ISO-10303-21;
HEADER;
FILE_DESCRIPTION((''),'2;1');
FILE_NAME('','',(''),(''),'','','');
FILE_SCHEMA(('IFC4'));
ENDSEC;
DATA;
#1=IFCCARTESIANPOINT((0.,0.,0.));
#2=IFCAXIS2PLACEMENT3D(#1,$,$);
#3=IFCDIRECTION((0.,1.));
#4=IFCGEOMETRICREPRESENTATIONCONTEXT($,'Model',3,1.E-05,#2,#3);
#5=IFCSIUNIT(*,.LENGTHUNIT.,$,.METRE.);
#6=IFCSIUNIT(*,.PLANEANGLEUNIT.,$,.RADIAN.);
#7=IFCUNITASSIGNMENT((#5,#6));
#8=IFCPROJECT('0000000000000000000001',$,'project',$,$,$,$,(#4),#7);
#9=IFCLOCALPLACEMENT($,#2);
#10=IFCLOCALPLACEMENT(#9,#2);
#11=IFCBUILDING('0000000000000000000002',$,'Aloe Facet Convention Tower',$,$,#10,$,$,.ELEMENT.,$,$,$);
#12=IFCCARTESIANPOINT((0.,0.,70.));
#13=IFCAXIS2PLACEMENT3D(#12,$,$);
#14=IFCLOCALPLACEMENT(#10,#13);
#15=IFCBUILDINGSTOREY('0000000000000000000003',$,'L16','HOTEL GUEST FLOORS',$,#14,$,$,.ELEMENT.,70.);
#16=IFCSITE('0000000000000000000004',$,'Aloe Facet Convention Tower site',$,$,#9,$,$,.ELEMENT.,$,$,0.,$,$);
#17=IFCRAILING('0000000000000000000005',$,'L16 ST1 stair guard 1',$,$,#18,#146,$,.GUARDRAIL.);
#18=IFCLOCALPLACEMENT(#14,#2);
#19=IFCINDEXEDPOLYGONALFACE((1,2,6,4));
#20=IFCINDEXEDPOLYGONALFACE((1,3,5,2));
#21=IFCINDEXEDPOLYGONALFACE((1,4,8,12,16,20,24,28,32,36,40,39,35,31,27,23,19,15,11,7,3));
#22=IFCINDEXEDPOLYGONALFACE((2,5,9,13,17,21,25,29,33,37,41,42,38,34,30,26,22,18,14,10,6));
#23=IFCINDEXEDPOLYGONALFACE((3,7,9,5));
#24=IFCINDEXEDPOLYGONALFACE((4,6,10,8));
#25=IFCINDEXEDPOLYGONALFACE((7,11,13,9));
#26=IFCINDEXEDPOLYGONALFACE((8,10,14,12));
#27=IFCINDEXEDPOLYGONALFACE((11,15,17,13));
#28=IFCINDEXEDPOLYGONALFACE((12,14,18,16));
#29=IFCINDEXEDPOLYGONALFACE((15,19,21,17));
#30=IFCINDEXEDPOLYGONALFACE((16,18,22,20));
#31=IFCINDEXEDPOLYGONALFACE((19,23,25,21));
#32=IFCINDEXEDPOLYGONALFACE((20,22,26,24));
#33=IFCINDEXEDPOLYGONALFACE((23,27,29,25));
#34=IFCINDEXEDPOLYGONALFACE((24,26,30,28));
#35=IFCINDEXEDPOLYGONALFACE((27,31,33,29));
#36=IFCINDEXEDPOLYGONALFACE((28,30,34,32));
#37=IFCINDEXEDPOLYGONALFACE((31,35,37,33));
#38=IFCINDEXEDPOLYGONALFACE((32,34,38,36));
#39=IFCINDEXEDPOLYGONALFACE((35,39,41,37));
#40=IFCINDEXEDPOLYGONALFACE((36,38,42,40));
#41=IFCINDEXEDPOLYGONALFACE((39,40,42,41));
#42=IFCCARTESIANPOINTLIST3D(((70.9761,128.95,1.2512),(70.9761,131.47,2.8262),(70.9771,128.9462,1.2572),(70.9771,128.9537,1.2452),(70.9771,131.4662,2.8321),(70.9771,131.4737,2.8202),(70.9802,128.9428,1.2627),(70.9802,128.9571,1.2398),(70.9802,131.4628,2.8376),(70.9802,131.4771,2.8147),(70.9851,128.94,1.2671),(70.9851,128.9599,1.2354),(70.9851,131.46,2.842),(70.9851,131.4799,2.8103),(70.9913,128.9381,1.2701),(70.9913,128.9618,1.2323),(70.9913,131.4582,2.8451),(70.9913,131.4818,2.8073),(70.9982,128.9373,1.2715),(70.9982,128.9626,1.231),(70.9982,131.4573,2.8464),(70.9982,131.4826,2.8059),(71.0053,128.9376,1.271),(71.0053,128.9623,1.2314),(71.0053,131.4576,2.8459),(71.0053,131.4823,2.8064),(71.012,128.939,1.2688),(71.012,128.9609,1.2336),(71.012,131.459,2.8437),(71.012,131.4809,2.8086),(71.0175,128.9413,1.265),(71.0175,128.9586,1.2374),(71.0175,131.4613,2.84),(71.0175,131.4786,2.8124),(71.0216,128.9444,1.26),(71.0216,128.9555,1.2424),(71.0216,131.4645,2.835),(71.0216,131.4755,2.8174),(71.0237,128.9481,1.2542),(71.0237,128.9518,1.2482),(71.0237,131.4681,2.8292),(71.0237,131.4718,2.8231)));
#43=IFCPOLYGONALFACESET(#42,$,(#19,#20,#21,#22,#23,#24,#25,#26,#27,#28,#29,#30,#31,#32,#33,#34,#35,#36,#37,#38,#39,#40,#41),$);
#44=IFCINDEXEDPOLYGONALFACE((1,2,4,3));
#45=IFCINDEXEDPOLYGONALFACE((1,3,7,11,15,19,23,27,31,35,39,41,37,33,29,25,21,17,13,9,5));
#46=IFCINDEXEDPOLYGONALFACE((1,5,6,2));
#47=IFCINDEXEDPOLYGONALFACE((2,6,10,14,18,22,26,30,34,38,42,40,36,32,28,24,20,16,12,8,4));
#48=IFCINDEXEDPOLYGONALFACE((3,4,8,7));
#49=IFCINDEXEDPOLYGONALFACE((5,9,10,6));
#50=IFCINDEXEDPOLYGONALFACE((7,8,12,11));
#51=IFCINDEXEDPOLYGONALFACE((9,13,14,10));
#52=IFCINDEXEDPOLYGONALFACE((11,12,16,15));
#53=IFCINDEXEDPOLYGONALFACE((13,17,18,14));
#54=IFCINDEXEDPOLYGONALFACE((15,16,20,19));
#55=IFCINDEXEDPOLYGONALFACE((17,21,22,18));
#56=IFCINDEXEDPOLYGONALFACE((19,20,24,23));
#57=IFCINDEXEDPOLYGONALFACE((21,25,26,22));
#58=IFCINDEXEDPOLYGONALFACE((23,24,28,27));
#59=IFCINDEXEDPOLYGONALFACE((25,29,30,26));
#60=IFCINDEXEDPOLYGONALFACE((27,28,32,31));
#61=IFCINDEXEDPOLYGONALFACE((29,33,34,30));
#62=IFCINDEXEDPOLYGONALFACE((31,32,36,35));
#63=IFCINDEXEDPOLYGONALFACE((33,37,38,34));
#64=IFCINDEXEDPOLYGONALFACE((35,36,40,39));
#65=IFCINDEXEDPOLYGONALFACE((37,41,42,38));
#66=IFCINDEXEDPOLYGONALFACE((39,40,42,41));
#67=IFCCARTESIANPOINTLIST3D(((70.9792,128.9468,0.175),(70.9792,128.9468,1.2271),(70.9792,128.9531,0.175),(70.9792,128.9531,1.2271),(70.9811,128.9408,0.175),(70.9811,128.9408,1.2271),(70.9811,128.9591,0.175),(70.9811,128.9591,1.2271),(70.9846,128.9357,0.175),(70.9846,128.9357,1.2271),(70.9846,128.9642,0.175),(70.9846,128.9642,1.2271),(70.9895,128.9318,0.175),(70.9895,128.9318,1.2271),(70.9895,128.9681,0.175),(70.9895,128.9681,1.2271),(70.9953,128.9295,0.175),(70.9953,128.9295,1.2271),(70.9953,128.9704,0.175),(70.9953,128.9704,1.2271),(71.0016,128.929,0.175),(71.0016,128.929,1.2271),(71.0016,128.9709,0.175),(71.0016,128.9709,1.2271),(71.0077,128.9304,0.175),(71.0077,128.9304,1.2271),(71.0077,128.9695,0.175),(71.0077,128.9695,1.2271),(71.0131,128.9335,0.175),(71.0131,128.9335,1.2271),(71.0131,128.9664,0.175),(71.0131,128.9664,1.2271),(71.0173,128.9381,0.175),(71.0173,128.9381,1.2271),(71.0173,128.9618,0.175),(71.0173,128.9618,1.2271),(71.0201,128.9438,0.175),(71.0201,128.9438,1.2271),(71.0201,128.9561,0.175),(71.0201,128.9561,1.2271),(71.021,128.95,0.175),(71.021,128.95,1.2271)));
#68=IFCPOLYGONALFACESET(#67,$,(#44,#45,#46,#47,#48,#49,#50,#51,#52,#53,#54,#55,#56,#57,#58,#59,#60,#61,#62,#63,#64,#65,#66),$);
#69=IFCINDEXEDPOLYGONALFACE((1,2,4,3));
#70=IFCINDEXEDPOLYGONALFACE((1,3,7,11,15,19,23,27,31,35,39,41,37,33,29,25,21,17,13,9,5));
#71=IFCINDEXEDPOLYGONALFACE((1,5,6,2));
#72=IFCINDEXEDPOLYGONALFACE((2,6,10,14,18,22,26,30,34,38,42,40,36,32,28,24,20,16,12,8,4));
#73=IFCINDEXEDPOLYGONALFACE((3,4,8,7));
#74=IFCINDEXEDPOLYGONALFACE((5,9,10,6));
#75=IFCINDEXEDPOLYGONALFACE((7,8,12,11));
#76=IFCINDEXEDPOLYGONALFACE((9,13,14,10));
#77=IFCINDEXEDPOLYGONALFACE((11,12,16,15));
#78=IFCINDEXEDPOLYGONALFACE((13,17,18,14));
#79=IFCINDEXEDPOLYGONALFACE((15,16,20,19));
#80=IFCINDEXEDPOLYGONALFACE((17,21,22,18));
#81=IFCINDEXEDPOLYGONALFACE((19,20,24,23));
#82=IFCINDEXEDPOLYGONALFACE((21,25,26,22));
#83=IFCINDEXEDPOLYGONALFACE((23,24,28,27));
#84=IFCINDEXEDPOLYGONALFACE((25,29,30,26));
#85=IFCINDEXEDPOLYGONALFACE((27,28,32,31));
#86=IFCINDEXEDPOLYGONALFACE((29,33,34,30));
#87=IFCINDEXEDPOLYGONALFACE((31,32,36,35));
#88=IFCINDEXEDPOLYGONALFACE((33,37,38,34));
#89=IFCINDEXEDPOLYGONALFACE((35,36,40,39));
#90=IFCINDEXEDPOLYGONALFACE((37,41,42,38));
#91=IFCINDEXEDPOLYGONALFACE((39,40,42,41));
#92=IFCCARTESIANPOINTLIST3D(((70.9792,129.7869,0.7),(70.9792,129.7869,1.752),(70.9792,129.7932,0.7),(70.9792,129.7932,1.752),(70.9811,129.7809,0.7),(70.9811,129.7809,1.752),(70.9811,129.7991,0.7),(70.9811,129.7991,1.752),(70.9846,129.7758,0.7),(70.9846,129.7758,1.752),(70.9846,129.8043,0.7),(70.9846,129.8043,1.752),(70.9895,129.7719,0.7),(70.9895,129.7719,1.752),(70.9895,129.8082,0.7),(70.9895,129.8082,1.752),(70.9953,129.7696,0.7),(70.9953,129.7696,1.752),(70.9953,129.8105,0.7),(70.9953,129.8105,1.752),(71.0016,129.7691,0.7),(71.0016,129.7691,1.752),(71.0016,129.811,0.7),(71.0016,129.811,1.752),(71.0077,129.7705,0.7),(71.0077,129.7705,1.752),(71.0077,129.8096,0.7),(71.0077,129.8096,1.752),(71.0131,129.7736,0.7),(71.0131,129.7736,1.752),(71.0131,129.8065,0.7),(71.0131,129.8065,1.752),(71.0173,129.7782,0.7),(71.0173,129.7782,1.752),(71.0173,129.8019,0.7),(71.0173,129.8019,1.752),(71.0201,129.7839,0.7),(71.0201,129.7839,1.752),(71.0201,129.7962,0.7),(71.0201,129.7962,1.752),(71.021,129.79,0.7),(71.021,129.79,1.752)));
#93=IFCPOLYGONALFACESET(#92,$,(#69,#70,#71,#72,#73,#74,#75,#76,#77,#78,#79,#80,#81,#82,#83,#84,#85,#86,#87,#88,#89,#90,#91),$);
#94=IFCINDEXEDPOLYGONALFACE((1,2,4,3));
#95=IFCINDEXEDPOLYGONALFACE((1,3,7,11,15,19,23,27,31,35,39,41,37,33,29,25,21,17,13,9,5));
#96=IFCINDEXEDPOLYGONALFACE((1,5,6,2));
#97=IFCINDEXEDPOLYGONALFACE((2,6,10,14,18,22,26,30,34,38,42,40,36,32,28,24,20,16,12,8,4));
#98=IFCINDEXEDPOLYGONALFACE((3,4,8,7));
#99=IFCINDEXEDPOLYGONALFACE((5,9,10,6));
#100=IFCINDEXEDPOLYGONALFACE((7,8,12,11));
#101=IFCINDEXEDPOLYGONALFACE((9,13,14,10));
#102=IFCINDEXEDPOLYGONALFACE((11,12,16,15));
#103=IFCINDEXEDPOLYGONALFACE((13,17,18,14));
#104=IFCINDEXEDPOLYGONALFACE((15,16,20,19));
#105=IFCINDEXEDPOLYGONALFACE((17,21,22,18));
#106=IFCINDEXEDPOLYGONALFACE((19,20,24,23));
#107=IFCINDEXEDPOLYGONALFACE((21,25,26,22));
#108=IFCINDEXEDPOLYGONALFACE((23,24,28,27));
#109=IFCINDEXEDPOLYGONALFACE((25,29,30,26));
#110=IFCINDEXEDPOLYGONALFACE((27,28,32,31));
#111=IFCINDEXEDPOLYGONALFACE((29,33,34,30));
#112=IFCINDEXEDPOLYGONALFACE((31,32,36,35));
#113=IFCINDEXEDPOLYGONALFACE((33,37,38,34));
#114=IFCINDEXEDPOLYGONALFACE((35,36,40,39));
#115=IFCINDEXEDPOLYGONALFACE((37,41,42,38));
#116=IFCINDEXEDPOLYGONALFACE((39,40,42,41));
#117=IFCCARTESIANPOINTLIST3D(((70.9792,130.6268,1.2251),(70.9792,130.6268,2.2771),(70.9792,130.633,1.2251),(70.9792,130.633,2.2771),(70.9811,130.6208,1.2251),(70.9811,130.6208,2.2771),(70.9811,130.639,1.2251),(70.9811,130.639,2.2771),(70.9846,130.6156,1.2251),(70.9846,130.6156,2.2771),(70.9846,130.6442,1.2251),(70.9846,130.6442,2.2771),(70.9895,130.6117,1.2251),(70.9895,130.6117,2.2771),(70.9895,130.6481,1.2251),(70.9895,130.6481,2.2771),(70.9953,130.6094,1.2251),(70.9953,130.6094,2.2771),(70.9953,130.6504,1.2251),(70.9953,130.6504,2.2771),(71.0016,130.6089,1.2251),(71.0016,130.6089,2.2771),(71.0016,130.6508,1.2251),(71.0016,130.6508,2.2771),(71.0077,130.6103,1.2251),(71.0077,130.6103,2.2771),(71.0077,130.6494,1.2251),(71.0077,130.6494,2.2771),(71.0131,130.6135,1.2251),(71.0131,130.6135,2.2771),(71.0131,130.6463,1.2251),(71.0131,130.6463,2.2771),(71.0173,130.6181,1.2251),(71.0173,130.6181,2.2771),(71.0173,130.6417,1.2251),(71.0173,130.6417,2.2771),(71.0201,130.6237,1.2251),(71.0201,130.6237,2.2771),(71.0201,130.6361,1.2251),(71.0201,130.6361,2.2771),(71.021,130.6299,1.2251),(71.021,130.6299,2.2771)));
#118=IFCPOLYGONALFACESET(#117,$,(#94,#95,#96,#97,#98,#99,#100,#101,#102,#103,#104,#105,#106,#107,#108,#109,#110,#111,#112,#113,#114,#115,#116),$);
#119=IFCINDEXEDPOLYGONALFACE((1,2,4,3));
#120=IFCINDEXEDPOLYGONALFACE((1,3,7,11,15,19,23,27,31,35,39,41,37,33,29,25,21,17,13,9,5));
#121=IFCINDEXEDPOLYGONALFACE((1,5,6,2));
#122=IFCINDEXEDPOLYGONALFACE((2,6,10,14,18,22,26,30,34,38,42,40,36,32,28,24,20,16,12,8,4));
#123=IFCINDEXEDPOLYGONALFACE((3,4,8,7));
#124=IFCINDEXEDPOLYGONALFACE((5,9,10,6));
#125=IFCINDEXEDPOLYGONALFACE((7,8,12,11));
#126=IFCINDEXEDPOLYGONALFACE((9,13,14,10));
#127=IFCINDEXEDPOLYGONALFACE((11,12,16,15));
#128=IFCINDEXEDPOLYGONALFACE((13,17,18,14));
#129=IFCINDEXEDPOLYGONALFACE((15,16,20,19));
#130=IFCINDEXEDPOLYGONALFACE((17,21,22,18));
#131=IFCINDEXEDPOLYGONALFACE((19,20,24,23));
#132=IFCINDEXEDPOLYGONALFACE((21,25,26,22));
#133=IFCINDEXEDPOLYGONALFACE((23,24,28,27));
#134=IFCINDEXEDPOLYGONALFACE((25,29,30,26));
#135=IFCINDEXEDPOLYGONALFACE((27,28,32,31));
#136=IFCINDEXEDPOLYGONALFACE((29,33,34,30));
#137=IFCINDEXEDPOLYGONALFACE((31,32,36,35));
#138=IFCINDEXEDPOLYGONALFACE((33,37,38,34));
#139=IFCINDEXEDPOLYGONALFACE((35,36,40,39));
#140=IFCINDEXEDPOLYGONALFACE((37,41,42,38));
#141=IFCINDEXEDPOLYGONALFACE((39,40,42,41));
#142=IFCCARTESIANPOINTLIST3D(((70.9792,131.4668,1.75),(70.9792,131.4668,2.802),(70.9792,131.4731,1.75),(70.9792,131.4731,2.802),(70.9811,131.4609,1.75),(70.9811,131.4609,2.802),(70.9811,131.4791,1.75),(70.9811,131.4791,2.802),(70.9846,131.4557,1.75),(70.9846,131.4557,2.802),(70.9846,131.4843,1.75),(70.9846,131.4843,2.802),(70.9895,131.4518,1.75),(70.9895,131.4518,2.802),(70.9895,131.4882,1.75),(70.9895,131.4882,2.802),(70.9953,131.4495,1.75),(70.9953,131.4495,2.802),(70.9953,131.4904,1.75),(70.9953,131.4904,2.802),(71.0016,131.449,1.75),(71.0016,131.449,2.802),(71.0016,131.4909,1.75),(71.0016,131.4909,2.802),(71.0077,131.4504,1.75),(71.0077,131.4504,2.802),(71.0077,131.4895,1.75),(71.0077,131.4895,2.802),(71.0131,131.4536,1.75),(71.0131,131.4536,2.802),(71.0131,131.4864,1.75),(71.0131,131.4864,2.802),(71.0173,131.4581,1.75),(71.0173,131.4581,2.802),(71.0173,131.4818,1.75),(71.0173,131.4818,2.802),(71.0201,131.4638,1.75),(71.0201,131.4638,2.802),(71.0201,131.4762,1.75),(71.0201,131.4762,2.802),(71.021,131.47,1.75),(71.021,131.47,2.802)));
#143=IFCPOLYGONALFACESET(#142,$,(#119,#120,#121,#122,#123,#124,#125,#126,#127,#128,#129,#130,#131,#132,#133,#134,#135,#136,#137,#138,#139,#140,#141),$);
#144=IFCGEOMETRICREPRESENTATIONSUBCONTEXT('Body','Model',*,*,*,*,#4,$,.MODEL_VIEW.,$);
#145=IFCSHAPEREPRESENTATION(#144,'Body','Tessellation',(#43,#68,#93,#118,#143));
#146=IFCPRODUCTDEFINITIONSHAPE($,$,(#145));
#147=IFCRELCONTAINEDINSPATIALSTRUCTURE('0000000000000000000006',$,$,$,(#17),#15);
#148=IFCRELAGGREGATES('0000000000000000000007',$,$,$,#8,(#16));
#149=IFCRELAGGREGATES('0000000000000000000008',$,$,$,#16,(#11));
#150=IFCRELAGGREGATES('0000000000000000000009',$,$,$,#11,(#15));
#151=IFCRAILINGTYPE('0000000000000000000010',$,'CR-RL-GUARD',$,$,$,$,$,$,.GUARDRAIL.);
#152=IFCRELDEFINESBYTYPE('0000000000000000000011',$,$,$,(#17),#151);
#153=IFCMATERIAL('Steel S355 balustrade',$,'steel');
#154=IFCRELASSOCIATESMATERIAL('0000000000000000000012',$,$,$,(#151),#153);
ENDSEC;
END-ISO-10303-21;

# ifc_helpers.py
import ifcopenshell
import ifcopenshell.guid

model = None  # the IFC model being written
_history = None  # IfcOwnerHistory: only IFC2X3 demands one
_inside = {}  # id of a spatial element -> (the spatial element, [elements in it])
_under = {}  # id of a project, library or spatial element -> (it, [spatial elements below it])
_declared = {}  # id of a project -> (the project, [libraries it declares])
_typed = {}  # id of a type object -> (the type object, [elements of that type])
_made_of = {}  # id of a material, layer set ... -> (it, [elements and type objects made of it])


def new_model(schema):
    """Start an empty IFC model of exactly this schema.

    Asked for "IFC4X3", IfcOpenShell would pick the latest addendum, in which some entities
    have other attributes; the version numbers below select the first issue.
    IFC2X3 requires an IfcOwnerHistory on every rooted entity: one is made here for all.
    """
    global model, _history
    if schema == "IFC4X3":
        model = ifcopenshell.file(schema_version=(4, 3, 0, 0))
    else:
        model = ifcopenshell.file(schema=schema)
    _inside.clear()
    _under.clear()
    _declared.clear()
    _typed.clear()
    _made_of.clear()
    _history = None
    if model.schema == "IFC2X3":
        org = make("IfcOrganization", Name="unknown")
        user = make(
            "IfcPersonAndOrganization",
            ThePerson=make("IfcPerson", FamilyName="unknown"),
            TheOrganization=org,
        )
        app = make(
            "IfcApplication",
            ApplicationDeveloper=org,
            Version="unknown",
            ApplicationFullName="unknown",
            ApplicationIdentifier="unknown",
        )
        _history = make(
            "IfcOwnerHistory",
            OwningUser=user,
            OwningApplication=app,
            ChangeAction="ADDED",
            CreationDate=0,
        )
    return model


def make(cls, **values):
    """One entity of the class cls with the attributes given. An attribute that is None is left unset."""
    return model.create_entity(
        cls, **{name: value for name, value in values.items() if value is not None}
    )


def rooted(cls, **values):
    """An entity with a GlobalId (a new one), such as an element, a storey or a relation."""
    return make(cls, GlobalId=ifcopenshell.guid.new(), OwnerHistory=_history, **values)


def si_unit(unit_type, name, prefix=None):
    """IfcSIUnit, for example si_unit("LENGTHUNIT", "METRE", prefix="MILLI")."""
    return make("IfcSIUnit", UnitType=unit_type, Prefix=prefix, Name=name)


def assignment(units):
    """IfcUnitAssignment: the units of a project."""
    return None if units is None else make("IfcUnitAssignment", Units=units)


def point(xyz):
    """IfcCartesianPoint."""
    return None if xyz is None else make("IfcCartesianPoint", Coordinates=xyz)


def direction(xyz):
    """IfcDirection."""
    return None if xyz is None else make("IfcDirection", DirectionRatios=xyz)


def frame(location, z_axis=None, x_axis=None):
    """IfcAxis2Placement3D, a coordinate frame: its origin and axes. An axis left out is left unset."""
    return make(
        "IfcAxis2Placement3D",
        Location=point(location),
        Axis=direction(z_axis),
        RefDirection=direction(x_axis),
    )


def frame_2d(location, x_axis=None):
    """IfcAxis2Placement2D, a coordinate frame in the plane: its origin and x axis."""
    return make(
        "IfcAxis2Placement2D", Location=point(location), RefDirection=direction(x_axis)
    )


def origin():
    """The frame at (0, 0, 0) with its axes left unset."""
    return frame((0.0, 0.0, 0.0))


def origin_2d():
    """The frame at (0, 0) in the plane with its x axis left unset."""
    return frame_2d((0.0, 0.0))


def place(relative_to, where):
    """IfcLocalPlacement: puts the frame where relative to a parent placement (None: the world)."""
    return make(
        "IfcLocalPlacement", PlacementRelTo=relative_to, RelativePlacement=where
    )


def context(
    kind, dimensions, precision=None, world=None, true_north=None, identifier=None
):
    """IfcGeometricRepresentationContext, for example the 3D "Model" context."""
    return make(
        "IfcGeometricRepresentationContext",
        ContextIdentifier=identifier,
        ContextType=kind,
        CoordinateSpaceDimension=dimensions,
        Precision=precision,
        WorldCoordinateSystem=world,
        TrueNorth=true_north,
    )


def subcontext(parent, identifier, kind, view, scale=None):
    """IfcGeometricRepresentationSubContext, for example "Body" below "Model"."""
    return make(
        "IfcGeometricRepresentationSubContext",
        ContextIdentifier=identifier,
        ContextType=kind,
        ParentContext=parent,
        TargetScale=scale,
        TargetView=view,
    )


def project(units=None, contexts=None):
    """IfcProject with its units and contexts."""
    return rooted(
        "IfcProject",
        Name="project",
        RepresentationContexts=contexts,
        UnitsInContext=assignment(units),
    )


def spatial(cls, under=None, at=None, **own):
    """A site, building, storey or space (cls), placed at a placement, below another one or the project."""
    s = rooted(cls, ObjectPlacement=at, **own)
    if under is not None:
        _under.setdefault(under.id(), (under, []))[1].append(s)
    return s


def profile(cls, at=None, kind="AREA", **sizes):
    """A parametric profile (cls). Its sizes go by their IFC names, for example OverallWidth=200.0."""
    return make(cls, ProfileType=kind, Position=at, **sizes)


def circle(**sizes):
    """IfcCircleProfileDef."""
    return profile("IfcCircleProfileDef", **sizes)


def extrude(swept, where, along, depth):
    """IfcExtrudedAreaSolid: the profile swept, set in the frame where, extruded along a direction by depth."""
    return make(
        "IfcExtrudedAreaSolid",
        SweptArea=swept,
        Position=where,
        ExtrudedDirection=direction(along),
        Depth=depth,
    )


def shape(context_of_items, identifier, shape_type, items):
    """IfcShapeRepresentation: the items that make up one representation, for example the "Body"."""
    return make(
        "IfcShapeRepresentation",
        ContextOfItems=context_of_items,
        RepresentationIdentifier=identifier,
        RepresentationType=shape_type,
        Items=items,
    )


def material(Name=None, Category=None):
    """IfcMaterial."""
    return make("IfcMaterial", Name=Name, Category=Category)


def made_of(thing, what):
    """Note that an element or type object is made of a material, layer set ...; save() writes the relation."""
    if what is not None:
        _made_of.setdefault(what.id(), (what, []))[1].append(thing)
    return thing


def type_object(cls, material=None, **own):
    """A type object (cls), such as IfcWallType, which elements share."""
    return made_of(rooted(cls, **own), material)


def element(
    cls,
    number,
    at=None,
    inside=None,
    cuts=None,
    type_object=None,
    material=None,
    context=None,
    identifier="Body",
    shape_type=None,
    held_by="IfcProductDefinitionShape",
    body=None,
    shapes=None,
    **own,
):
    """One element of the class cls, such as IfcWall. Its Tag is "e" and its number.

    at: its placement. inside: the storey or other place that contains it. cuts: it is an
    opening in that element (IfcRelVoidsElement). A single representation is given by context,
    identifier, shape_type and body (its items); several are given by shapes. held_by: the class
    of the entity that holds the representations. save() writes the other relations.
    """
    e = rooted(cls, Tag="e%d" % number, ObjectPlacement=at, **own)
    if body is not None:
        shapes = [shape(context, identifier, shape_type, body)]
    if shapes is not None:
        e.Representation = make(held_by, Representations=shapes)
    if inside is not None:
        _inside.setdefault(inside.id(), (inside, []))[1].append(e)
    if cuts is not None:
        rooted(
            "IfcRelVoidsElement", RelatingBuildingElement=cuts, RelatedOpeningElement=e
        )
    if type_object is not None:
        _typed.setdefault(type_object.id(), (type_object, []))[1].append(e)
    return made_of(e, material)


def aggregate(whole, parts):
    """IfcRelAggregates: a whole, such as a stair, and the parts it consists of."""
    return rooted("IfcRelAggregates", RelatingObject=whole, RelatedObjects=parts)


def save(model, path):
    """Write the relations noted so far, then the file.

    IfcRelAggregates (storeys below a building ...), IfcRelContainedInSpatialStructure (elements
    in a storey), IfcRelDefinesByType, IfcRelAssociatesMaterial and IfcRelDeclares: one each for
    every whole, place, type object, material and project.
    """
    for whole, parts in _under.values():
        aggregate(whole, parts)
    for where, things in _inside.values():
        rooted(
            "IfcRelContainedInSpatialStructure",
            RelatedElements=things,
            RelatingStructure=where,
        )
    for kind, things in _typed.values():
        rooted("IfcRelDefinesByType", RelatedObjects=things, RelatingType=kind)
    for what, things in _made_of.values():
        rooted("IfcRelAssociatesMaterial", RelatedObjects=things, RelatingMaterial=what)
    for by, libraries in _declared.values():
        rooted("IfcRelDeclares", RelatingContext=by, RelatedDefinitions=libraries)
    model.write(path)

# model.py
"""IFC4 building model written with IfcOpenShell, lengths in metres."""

from ifc_helpers import new_model, si_unit, direction, frame, origin, origin_2d, place, context, subcontext, project, spatial, circle, extrude, material, type_object, element, save


model = new_model("IFC4")

# Units and contexts
model_context = context("Model", 3, precision=1e-05, world=origin(), true_north=direction((0.0, 1.0)))
body_context = subcontext(model_context, "Body", "Model", "MODEL_VIEW")
ifc_project = project(units=[si_unit("LENGTHUNIT", "METRE"), si_unit("PLANEANGLEUNIT", "RADIAN")], contexts=[model_context])

# Site, building, storey
site_placement = place(None, origin())
site = spatial("IfcSite", under=ifc_project, at=site_placement, Name="Aloe Facet Convention Tower site", CompositionType="ELEMENT", RefElevation=0.0)
building_placement = place(site_placement, origin())
building = spatial("IfcBuilding", under=site, at=building_placement, Name="Aloe Facet Convention Tower", CompositionType="ELEMENT")
storey_placement = place(building_placement, frame((0.0, 0.0, 70.0)))
storey = spatial("IfcBuildingStorey", under=building, at=storey_placement, Name="L16", Description="HOTEL GUEST FLOORS", CompositionType="ELEMENT", Elevation=70.0)

# Railing
ifc_material_1 = material(Name="Steel S355 balustrade", Category="steel")
railing_type_1 = type_object("IfcRailingType", Name="CR-RL-GUARD", PredefinedType="GUARDRAIL", material=ifc_material_1)
railing_1_placement = place(storey_placement, frame((71.0, 128.95, 0.175)))
element("IfcRailing", 1, at=railing_1_placement, inside=storey, type_object=railing_type_1, Name="L16 ST1 stair guard 1", PredefinedType="GUARDRAIL", context=body_context, shape_type="SweptSolid", body=[
    extrude(circle(Radius=0.0239, at=origin_2d()), frame((0.0, 0.0, 1.0762), z_axis=(0.0, 0.848008, 0.529984), x_axis=(-1.0, 0.0, 0.0)), (0.0, 0.0, 1.0), 2.9717),
    extrude(circle(Radius=0.021, at=origin_2d()), origin(), (0.0, 0.0, 1.0), 1.052),
    extrude(circle(Radius=0.021, at=origin_2d()), frame((0.0, 0.8401, 0.5249)), (0.0, 0.0, 1.0), 1.052),
    extrude(circle(Radius=0.021, at=origin_2d()), frame((0.0, 1.6799, 1.05)), (0.0, 0.0, 1.0), 1.052),
    extrude(circle(Radius=0.021, at=origin_2d()), frame((0.0, 2.52, 1.575)), (0.0, 0.0, 1.0), 1.052),
])

save(model, "model.ifc")
